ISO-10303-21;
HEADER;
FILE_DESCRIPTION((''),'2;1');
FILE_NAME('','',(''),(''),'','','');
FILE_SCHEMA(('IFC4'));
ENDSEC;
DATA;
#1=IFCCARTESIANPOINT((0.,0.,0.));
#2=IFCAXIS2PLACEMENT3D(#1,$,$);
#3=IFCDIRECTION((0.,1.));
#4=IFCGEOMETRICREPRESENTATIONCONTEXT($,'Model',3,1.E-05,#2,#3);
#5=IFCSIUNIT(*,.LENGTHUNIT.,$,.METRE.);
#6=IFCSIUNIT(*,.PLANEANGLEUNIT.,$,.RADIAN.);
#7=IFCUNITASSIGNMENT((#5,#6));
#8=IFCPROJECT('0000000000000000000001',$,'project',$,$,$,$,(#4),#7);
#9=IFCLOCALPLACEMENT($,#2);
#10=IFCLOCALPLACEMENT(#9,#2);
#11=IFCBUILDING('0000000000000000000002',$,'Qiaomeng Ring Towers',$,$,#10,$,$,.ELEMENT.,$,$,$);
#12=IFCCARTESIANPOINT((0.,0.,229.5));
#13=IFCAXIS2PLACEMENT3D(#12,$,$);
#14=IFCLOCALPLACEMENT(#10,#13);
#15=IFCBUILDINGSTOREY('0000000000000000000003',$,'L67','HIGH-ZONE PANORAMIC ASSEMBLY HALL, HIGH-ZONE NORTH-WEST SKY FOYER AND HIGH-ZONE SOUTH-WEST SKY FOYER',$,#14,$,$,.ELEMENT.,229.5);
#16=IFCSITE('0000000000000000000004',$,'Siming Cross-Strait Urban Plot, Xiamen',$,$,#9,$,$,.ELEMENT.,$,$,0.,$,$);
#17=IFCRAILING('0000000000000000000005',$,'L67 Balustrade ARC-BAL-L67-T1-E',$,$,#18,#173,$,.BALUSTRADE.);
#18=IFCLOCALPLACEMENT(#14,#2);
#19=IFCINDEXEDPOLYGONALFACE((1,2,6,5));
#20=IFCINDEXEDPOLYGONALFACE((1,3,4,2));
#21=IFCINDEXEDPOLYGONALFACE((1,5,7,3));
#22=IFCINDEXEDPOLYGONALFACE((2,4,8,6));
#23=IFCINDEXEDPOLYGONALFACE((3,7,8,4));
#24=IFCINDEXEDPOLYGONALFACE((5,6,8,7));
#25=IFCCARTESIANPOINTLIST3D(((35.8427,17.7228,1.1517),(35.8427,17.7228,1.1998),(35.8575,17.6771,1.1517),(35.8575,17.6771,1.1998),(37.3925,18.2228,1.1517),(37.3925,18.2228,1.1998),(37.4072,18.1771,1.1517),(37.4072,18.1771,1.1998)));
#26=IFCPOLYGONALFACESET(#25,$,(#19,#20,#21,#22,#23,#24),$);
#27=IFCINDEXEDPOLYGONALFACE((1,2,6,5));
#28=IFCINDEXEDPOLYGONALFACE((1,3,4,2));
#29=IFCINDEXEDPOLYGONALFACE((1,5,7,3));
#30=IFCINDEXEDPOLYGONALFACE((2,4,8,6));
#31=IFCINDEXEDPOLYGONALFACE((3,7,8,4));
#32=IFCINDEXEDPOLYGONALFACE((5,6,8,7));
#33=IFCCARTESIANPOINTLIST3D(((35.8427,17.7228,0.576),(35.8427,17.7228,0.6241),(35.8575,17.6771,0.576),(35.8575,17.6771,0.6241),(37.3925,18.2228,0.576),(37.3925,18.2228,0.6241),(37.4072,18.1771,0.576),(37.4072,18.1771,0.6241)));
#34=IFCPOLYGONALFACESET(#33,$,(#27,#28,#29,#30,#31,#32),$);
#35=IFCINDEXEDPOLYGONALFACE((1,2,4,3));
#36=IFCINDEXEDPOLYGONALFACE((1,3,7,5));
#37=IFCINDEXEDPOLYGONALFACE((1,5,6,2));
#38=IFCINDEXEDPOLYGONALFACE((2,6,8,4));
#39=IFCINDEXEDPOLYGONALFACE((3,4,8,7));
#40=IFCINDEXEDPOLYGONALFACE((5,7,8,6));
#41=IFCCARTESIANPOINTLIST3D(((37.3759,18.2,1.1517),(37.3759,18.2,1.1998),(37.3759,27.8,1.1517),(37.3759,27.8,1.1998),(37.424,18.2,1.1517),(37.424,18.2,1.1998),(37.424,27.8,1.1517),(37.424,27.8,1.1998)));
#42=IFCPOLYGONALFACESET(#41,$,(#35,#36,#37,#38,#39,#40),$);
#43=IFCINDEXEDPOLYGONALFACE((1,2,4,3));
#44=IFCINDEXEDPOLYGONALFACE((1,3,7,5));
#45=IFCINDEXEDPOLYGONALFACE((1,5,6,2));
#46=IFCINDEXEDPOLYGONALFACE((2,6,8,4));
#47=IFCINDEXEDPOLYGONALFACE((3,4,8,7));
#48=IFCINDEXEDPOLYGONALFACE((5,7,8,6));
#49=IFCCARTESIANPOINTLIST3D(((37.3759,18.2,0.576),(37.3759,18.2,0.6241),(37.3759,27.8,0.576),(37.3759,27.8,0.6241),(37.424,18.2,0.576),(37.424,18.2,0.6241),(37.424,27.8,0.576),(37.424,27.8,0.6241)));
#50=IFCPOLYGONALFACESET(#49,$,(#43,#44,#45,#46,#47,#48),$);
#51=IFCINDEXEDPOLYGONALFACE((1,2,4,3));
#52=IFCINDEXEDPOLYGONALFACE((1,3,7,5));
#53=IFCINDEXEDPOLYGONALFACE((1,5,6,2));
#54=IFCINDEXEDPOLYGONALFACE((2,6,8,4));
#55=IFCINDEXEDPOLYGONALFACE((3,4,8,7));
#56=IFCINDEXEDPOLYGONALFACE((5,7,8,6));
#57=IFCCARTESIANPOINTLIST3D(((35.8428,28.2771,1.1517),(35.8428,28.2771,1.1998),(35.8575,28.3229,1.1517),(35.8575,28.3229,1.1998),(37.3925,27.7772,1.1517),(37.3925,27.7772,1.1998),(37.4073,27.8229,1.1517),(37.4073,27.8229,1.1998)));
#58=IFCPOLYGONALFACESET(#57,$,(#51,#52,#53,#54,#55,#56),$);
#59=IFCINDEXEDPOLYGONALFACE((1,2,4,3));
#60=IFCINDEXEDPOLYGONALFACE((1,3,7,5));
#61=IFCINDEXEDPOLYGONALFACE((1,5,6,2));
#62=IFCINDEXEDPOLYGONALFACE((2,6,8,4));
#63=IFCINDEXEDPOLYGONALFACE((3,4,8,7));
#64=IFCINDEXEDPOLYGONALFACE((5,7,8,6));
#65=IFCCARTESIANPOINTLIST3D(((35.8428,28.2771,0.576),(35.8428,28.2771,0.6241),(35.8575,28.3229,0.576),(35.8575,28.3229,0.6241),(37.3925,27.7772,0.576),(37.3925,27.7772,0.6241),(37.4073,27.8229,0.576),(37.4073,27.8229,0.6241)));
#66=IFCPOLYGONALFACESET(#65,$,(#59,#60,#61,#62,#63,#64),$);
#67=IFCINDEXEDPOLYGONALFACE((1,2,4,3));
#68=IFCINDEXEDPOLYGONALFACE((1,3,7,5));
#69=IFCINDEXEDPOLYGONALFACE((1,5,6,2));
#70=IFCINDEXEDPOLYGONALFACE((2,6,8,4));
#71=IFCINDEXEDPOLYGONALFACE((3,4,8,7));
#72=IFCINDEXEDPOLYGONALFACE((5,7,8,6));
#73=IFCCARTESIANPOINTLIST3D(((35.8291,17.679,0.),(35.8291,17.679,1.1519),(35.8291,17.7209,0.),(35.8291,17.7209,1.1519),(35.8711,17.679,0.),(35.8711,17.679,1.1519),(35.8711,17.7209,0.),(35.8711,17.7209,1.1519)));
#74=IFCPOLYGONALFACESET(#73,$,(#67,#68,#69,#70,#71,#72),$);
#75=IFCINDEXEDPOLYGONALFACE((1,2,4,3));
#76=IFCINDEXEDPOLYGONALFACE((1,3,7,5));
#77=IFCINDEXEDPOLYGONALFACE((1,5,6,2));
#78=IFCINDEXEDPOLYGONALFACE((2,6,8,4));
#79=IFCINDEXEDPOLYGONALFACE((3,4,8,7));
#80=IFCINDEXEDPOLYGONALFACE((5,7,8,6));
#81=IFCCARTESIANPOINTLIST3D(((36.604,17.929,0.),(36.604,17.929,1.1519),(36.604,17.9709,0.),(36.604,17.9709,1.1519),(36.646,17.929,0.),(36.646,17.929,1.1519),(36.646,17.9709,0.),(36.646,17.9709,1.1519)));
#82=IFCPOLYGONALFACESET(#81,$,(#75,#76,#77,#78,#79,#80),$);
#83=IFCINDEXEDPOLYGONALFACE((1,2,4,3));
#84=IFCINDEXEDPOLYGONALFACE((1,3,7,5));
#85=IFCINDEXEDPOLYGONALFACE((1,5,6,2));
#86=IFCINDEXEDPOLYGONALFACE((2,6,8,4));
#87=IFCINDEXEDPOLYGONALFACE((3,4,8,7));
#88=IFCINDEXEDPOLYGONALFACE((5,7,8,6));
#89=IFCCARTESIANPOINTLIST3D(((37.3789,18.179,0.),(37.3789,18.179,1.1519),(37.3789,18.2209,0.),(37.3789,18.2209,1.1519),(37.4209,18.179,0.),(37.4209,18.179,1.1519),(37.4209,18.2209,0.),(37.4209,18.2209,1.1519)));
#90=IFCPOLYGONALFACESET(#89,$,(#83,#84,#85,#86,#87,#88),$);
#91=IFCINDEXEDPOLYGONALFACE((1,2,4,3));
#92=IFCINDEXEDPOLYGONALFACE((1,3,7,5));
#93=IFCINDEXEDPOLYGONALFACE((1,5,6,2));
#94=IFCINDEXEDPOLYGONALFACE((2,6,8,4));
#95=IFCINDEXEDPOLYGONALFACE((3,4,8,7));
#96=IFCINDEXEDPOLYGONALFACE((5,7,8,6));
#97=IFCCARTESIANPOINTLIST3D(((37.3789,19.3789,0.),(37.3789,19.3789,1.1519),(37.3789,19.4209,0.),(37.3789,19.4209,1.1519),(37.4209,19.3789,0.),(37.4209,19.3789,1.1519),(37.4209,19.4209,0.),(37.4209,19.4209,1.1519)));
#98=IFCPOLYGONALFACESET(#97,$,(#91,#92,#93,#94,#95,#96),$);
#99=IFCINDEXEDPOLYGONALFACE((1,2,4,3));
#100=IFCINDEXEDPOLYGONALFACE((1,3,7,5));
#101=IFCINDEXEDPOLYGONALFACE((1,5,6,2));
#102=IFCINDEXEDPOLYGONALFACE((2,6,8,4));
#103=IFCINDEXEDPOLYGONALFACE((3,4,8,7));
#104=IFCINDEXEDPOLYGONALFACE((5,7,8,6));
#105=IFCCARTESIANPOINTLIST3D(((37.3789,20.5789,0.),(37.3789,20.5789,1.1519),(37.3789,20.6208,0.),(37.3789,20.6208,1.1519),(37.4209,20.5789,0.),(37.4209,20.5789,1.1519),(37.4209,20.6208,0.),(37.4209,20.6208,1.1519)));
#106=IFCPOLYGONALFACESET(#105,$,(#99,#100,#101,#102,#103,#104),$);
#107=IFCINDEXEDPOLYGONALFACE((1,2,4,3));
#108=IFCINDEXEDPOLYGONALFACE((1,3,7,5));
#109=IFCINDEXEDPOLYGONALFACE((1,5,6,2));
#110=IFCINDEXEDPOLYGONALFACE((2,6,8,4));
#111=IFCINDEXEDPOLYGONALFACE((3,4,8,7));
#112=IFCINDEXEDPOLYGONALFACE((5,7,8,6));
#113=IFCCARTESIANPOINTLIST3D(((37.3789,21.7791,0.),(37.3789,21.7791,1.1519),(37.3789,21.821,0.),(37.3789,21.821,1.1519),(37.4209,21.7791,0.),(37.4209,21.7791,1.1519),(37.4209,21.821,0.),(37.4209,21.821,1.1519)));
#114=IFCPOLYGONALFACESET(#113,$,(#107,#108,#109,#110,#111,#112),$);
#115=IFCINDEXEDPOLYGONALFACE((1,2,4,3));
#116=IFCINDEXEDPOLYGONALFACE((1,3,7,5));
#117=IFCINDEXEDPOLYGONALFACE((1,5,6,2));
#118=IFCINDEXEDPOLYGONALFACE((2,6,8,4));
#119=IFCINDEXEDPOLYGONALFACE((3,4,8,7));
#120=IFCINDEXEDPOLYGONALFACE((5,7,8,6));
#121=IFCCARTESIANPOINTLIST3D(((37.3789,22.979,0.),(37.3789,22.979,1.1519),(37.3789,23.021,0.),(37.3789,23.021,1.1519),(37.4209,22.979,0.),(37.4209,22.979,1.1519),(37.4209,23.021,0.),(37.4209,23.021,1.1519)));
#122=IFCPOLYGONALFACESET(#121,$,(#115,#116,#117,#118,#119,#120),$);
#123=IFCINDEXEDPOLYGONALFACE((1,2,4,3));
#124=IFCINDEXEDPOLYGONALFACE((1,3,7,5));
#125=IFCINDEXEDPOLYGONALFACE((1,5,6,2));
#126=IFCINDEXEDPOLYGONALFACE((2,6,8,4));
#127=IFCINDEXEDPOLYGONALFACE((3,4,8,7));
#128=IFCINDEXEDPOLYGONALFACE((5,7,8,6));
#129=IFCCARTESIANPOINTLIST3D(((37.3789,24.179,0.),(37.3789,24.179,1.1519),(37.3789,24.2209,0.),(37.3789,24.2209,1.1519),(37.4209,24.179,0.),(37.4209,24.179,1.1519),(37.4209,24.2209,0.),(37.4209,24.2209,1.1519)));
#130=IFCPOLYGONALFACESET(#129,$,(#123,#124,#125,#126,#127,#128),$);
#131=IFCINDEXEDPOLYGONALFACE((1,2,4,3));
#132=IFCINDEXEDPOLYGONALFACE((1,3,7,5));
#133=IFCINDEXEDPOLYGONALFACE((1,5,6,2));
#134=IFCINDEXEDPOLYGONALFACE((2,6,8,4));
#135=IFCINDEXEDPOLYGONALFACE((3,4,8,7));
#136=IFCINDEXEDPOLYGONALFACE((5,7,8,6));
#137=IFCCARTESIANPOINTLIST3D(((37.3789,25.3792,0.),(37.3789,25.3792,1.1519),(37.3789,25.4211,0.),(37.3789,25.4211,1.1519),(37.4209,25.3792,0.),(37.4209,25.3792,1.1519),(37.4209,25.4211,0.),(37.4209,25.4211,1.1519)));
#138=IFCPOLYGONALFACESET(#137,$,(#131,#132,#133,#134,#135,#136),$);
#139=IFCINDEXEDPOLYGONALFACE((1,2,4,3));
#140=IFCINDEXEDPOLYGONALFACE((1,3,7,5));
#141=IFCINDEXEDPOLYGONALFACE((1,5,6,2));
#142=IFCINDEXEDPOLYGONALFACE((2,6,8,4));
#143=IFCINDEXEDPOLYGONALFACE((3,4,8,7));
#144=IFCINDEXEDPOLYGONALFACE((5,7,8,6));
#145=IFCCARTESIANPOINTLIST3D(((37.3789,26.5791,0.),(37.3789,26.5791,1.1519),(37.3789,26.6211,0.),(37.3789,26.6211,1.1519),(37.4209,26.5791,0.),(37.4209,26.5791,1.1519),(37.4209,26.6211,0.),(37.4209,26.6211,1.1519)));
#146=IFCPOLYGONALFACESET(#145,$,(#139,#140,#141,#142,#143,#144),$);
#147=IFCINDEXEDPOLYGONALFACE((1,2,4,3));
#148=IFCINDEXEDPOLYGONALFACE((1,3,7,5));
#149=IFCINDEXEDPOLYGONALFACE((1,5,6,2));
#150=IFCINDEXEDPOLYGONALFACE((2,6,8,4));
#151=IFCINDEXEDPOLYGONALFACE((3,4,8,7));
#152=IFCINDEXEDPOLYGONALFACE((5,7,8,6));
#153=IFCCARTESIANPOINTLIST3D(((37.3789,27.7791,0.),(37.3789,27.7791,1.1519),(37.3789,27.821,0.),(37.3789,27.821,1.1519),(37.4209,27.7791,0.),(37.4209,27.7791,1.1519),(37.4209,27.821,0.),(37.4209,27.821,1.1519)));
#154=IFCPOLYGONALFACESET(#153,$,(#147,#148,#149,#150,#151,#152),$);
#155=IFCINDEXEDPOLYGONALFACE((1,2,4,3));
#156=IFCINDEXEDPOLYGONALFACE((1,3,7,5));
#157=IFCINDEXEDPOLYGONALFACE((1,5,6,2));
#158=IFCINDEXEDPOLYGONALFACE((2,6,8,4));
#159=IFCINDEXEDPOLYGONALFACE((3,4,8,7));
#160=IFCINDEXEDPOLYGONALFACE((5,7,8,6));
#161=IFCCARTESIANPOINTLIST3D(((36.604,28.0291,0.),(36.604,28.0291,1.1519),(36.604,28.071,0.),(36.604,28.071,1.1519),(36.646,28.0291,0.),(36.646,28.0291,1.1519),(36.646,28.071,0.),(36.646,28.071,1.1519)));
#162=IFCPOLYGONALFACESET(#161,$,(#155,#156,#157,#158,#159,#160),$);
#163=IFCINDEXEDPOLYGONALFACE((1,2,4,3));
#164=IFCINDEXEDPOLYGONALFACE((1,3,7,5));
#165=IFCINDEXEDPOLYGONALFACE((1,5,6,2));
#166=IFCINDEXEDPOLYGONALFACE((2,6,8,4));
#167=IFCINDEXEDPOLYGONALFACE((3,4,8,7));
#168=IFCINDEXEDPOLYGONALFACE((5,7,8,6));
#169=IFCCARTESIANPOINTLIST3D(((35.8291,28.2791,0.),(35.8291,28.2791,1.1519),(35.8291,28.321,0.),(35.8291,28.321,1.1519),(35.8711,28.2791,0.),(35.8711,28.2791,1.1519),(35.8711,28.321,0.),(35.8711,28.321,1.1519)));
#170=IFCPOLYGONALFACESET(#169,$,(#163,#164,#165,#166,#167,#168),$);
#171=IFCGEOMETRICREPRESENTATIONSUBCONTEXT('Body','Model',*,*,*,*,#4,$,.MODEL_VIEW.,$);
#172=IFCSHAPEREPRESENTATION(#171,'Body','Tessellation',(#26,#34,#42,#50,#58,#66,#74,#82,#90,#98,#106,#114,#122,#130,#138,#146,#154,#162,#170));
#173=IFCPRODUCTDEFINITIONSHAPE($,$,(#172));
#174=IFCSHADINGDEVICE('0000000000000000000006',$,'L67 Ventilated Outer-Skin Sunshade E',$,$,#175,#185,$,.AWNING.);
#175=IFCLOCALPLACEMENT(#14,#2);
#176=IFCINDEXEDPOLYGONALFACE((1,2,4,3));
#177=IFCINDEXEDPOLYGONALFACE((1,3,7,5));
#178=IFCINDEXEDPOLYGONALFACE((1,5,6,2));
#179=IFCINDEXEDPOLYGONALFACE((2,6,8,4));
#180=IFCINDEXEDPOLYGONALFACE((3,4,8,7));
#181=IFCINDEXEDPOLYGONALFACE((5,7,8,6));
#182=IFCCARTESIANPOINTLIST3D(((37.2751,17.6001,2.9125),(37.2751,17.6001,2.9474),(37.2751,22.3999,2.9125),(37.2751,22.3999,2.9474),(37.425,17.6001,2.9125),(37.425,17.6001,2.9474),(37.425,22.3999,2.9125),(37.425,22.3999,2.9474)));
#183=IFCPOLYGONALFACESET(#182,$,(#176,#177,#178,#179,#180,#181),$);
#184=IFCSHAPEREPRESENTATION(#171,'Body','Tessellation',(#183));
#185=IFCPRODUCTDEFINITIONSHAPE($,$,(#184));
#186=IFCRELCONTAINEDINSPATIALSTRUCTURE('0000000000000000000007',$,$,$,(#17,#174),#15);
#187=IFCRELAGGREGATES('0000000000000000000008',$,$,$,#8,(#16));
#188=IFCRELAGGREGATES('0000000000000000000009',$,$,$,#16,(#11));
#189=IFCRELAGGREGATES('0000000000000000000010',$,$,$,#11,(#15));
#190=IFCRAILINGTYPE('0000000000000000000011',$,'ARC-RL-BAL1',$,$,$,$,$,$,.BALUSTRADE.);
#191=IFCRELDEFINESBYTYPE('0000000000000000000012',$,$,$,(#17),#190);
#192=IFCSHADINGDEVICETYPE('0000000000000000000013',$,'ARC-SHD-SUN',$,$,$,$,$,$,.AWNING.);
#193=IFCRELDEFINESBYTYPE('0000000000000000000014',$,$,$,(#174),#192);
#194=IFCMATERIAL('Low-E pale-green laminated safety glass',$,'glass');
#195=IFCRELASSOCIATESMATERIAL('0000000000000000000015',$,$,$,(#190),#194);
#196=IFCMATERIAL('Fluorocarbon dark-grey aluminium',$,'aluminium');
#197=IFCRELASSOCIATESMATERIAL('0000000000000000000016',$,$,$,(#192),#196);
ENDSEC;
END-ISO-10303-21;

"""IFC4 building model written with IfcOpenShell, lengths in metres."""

from ifc_helpers import new_model, si_unit, direction, frame, origin, origin_2d, place, context, subcontext, project, spatial, rectangle, extrude, source, transform, mapped, material, material_profile, profile_set, type_object, element, save


model = new_model("IFC4")

# Units and contexts
model_context = context("Model", 3, precision=1e-05, world=origin(), true_north=direction((0.0, 1.0)))
body_context = subcontext(model_context, "Body", "Model", "MODEL_VIEW")
ifc_project = project(units=[si_unit("LENGTHUNIT", "METRE"), si_unit("PLANEANGLEUNIT", "RADIAN")], contexts=[model_context])

# Site, building, storey
site_placement = place(None, origin())
site = spatial("IfcSite", under=ifc_project, at=site_placement, Name="Siming Cross-Strait Urban Plot, Xiamen", CompositionType="ELEMENT", RefElevation=0.0)
building_placement = place(site_placement, origin())
building = spatial("IfcBuilding", under=site, at=building_placement, Name="Qiaomeng Ring Towers", CompositionType="ELEMENT")
storey_placement = place(building_placement, frame((0.0, 0.0, 229.5)))
storey = spatial("IfcBuildingStorey", under=building, at=storey_placement, Name="L67", Description="HIGH-ZONE PANORAMIC ASSEMBLY HALL, HIGH-ZONE NORTH-WEST SKY FOYER AND HIGH-ZONE SOUTH-WEST SKY FOYER", CompositionType="ELEMENT", Elevation=229.5)

# Shared definitions
ifc_material_1 = material(Name="Fluorocarbon dark-grey aluminium", Category="aluminium")

# Railing
ifc_material_2 = material(Name="Low-E pale-green laminated safety glass", Category="glass")
railing_type = type_object("IfcRailingType", Name="ARC-RL-BAL1", PredefinedType="BALUSTRADE", material=ifc_material_2)
railing_placement = place(storey_placement, frame((35.8501, 17.7, 0.0)))
element("IfcRailing", 1, at=railing_placement, inside=storey, type_object=railing_type, Name="L67 Balustrade ARC-BAL-L67-T1-E", PredefinedType="BALUSTRADE", context=body_context, shape_type="SweptSolid", body=[
    extrude(rectangle(XDim=0.0481, YDim=0.0481, at=origin_2d()), frame((0.0, 0.0, 1.1758), z_axis=(0.951697, 0.307038, 0.0), x_axis=(-0.307038, 0.951697, 0.0)), (0.0, 0.0, 1.0), 1.6284),
    extrude(rectangle(XDim=0.0481, YDim=0.0481, at=origin_2d()), frame((0.0, 0.0, 0.6001), z_axis=(0.951697, 0.307038, 0.0), x_axis=(-0.307038, 0.951697, 0.0)), (0.0, 0.0, 1.0), 1.6284),
    extrude(rectangle(XDim=0.0481, YDim=0.0481, at=origin_2d()), frame((1.5498, 0.5, 1.1758), z_axis=(0.0, 1.0, 0.0), x_axis=(-1.0, 0.0, 0.0)), (0.0, 0.0, 1.0), 9.6001),
    extrude(rectangle(XDim=0.0481, YDim=0.0481, at=origin_2d()), frame((1.5498, 0.5, 0.6001), z_axis=(0.0, 1.0, 0.0), x_axis=(-1.0, 0.0, 0.0)), (0.0, 0.0, 1.0), 9.6001),
    extrude(rectangle(XDim=0.0481, YDim=0.0481, at=origin_2d()), frame((1.5498, 10.1001, 1.1758), z_axis=(-0.951697, 0.307038, 0.0), x_axis=(-0.307038, -0.951697, 0.0)), (0.0, 0.0, 1.0), 1.6284),
    extrude(rectangle(XDim=0.0481, YDim=0.0481, at=origin_2d()), frame((1.5498, 10.1001, 0.6001), z_axis=(-0.951697, 0.307038, 0.0), x_axis=(-0.307038, -0.951697, 0.0)), (0.0, 0.0, 1.0), 1.6284),
    extrude(rectangle(XDim=0.042, YDim=0.042, at=origin_2d()), origin(), (0.0, 0.0, 1.0), 1.1519),
    extrude(rectangle(XDim=0.042, YDim=0.042, at=origin_2d()), frame((0.7749, 0.25, 0.0)), (0.0, 0.0, 1.0), 1.1519),
    extrude(rectangle(XDim=0.042, YDim=0.042, at=origin_2d()), frame((1.5498, 0.5, 0.0)), (0.0, 0.0, 1.0), 1.1519),
    extrude(rectangle(XDim=0.042, YDim=0.042, at=origin_2d()), frame((1.5498, 1.7, 0.0)), (0.0, 0.0, 1.0), 1.1519),
    extrude(rectangle(XDim=0.042, YDim=0.042, at=origin_2d()), frame((1.5498, 2.8999, 0.0)), (0.0, 0.0, 1.0), 1.1519),
    extrude(rectangle(XDim=0.042, YDim=0.042, at=origin_2d()), frame((1.5498, 4.1001, 0.0)), (0.0, 0.0, 1.0), 1.1519),
    extrude(rectangle(XDim=0.042, YDim=0.042, at=origin_2d()), frame((1.5498, 5.3, 0.0)), (0.0, 0.0, 1.0), 1.1519),
    extrude(rectangle(XDim=0.042, YDim=0.042, at=origin_2d()), frame((1.5498, 6.5, 0.0)), (0.0, 0.0, 1.0), 1.1519),
    extrude(rectangle(XDim=0.042, YDim=0.042, at=origin_2d()), frame((1.5498, 7.7002, 0.0)), (0.0, 0.0, 1.0), 1.1519),
    extrude(rectangle(XDim=0.042, YDim=0.042, at=origin_2d()), frame((1.5498, 8.9001, 0.0)), (0.0, 0.0, 1.0), 1.1519),
    extrude(rectangle(XDim=0.042, YDim=0.042, at=origin_2d()), frame((1.5498, 10.1001, 0.0)), (0.0, 0.0, 1.0), 1.1519),
    extrude(rectangle(XDim=0.042, YDim=0.042, at=origin_2d()), frame((0.7749, 10.3501, 0.0)), (0.0, 0.0, 1.0), 1.1519),
    extrude(rectangle(XDim=0.042, YDim=0.042, at=origin_2d()), frame((0.0, 10.6001, 0.0)), (0.0, 0.0, 1.0), 1.1519),
])

# Shading device
ifc_material_profile_1 = material_profile(ifc_material_1, rectangle(XDim=0.1499, YDim=0.0349, at=origin_2d()), Name="LV BLADE 150x35")
ifc_profile_set_1 = profile_set([ifc_material_profile_1], Name="Fluorocarbon dark-grey aluminium")
shading_device_type = type_object("IfcShadingDeviceType", Name="ARC-SHD-SUN", PredefinedType="AWNING", material=ifc_profile_set_1)
shared_shape_1 = source(origin(), body_context, "Body", "SweptSolid", [
    extrude(rectangle(XDim=0.1499, YDim=0.0349, at=origin_2d()), origin(), (0.0, 0.0, 1.0), 4.7998),
])
shading_device_placement = place(storey_placement, frame((37.3501, 17.6001, 2.9299), z_axis=(0.0, 1.0, 0.0), x_axis=(-1.0, 0.0, 0.0)))
element("IfcShadingDevice", 2, at=shading_device_placement, inside=storey, type_object=shading_device_type, Name="L67 Ventilated Outer-Skin Sunshade E", PredefinedType="AWNING", context=body_context, shape_type="MappedRepresentation", body=[
    mapped(shared_shape_1, transform((0.0, 0.0, 0.0), x_axis=(1.0, 0.0, 0.0), y_axis=(0.0, 1.0, 0.0), z_axis=(0.0, 0.0, 1.0), scale=1.0)),
])

save(model, "model.ifc")
